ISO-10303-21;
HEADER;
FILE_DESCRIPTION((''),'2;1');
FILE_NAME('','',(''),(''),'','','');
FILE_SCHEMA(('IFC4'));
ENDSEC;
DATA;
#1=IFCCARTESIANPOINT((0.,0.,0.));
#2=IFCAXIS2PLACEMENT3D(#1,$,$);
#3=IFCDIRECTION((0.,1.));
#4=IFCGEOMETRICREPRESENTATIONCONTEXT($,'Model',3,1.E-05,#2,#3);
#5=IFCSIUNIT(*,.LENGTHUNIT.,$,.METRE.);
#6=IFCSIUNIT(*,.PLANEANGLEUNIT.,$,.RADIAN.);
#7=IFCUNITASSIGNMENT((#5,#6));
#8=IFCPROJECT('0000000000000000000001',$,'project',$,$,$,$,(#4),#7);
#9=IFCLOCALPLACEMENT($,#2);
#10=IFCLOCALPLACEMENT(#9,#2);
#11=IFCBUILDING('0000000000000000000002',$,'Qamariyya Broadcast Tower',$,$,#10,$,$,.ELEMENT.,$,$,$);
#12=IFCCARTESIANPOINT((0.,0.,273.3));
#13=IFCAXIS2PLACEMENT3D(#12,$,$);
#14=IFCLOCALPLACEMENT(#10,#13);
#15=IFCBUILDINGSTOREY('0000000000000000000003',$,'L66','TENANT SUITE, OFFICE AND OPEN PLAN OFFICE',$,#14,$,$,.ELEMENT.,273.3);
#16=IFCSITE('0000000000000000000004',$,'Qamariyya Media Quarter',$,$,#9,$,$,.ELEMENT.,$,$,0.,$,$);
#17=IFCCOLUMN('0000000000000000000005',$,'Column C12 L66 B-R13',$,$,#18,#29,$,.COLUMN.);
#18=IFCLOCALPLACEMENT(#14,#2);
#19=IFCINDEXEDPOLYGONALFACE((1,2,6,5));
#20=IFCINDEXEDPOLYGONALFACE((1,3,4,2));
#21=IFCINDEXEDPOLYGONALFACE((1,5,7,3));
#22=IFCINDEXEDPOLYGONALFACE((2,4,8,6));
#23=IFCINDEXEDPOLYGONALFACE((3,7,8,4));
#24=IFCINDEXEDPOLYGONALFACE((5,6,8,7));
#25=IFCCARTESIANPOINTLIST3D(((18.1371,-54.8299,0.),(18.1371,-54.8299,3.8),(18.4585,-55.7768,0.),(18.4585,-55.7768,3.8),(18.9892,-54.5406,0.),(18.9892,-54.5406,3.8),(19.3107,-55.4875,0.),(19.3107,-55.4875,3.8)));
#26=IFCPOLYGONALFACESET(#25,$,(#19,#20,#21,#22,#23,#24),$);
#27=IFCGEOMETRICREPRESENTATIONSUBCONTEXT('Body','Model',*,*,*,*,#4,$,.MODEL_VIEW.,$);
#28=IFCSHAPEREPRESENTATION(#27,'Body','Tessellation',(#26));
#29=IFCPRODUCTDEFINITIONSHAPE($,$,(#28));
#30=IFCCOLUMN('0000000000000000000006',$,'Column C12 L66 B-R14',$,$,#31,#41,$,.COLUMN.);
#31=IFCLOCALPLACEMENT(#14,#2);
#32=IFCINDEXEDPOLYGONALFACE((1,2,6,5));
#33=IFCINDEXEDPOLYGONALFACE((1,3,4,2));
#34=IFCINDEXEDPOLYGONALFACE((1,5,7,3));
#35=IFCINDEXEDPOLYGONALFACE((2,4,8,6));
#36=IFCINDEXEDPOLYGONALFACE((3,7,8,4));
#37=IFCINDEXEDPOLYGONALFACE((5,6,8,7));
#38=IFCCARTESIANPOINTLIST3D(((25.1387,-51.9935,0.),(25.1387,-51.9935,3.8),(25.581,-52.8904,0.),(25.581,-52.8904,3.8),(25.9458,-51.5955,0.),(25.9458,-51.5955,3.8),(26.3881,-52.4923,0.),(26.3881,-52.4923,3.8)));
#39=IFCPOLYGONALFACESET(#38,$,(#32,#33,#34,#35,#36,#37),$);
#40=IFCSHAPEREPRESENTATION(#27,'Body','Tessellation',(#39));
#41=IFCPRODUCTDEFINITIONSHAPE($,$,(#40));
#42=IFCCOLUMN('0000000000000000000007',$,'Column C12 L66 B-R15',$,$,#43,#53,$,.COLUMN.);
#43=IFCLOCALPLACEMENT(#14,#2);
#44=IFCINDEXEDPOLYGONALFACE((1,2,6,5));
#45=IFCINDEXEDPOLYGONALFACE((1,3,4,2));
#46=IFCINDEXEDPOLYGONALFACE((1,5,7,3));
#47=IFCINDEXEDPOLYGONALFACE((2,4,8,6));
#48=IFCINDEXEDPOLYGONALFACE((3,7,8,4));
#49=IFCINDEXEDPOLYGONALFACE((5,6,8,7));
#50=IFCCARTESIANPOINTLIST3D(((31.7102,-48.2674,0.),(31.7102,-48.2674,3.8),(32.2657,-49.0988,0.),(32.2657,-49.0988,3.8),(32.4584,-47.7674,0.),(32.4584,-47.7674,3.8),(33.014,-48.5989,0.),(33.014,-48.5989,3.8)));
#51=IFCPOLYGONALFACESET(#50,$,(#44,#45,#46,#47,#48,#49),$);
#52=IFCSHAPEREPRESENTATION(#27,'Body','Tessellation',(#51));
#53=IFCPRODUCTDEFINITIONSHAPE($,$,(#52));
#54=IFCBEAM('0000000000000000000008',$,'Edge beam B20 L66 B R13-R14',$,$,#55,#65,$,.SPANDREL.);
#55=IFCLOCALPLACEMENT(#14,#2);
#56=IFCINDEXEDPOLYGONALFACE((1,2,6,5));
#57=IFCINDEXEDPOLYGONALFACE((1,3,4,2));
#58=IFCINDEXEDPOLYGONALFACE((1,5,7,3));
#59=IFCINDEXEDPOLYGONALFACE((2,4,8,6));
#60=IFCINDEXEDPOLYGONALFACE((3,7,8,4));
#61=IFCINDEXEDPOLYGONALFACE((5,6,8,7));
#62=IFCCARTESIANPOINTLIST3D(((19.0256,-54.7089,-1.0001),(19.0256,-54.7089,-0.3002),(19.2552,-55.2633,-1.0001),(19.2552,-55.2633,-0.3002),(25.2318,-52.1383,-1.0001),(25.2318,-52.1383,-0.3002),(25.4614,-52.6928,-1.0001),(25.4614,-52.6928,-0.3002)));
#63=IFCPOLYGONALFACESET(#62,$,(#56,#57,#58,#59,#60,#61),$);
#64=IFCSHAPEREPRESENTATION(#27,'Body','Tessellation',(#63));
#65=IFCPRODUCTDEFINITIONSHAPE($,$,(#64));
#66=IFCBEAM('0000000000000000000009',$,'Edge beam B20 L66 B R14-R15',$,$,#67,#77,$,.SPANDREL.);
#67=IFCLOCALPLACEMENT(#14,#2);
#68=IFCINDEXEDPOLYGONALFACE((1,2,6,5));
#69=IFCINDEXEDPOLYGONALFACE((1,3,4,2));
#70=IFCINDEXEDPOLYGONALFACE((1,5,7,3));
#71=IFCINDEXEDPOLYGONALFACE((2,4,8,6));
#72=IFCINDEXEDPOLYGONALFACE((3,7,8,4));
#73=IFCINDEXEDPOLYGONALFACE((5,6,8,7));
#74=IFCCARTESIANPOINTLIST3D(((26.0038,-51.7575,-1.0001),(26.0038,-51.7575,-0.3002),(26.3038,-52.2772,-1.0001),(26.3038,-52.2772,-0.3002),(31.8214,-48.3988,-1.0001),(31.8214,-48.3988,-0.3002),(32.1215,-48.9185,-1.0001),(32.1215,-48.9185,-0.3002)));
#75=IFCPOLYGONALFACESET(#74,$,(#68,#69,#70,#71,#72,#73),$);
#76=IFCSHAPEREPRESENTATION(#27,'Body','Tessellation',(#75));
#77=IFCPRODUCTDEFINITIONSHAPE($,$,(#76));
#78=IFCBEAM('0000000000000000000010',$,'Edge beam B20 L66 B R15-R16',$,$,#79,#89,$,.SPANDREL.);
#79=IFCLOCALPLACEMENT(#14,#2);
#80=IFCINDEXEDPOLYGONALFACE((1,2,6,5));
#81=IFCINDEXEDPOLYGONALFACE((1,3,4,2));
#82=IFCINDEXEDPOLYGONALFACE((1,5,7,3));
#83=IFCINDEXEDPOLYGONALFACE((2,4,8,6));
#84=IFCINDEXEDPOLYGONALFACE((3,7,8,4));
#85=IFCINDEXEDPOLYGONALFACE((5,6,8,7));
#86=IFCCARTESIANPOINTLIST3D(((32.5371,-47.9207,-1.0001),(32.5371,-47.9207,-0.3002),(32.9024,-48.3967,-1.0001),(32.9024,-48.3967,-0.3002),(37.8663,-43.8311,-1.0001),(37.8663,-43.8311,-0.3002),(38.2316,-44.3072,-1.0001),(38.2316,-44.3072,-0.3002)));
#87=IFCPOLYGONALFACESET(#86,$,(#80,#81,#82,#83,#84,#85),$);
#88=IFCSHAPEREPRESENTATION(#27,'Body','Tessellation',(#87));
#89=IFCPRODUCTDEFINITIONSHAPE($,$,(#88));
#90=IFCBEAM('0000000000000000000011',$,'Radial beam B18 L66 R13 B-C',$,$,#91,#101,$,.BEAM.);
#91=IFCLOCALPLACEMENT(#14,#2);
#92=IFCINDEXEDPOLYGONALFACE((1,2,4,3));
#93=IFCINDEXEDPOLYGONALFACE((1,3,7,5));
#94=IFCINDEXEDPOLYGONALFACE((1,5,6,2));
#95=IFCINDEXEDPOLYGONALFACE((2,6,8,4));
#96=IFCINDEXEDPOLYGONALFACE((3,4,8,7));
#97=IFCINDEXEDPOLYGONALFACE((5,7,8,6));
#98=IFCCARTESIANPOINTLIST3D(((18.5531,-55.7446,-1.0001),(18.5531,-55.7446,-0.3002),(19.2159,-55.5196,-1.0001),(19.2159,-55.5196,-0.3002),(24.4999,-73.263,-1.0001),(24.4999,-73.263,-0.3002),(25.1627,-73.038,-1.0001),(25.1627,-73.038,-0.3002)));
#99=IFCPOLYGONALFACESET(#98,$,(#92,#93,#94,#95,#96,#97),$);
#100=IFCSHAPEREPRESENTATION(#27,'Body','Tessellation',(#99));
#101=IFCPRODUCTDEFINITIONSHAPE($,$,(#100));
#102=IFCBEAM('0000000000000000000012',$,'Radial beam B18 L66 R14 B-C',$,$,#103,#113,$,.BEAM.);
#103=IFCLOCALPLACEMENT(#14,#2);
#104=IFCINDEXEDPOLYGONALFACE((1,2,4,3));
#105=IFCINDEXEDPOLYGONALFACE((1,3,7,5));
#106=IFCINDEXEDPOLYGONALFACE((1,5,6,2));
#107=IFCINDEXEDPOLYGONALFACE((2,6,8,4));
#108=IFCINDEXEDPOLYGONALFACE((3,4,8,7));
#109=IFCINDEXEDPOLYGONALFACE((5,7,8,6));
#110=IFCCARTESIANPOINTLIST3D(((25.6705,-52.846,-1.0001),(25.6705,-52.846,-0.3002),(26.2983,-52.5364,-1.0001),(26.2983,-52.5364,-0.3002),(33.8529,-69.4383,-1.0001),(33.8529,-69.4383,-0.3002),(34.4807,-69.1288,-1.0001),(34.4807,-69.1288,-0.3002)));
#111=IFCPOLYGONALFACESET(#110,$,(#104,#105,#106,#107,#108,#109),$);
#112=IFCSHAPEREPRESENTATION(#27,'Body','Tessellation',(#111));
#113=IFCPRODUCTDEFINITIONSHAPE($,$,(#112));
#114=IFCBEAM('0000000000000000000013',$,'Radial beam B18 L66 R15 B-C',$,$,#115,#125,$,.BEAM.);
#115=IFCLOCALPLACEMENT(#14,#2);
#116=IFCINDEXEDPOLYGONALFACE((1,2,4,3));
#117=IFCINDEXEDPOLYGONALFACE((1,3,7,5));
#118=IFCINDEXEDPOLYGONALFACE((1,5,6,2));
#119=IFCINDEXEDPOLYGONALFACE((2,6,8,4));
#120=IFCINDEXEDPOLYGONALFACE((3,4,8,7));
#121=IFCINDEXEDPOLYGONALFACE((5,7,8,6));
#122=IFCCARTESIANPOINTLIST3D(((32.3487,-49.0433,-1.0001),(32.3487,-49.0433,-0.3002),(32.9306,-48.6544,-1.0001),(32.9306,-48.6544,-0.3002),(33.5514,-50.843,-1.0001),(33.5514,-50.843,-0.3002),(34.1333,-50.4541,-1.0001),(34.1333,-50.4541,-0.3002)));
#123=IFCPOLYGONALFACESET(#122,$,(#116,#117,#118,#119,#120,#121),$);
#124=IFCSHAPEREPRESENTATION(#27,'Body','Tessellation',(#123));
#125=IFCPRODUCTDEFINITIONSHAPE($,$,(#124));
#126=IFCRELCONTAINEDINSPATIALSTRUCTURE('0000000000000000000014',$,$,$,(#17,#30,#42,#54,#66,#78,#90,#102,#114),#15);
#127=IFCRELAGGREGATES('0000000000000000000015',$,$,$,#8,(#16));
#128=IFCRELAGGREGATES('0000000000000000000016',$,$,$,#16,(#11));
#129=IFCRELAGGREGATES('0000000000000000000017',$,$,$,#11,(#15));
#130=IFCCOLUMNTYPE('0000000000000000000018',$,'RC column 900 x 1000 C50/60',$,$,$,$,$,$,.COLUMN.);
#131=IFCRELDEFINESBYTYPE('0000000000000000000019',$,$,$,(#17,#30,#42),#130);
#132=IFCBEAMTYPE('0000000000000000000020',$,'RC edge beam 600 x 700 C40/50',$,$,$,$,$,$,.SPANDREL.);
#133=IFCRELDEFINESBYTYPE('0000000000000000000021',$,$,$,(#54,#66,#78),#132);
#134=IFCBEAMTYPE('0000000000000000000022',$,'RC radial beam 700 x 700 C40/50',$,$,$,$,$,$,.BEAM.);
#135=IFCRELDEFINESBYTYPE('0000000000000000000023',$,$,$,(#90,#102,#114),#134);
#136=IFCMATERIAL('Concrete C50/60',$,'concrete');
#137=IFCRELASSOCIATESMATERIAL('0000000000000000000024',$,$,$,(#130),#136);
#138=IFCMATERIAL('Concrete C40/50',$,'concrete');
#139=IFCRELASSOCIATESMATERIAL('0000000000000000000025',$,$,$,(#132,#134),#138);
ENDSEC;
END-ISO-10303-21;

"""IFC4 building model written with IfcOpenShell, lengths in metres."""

from ifc_helpers import new_model, si_unit, direction, frame, origin, origin_2d, place, context, subcontext, project, spatial, rectangle, extrude, material, material_profile, profile_set, type_object, element, save


model = new_model("IFC4")

# Units and contexts
model_context = context("Model", 3, precision=1e-05, world=origin(), true_north=direction((0.0, 1.0)))
body_context = subcontext(model_context, "Body", "Model", "MODEL_VIEW")
ifc_project = project(units=[si_unit("LENGTHUNIT", "METRE"), si_unit("PLANEANGLEUNIT", "RADIAN")], contexts=[model_context])

# Site, building, storey
site_placement = place(None, origin())
site = spatial("IfcSite", under=ifc_project, at=site_placement, Name="Qamariyya Media Quarter", CompositionType="ELEMENT", RefElevation=0.0)
building_placement = place(site_placement, origin())
building = spatial("IfcBuilding", under=site, at=building_placement, Name="Qamariyya Broadcast Tower", CompositionType="ELEMENT")
storey_placement = place(building_placement, frame((0.0, 0.0, 273.3)))
storey = spatial("IfcBuildingStorey", under=building, at=storey_placement, Name="L66", Description="TENANT SUITE, OFFICE AND OPEN PLAN OFFICE", CompositionType="ELEMENT", Elevation=273.3)

# Columns
ifc_material_1 = material(Name="Concrete C50/60", Category="concrete")
ifc_material_profile_1 = material_profile(ifc_material_1, rectangle(XDim=0.8999, YDim=1.0, at=origin_2d()))
ifc_profile_set_1 = profile_set([ifc_material_profile_1], Name="Concrete C50/60")
column_type = type_object("IfcColumnType", Name="RC column 900 x 1000 C50/60", PredefinedType="COLUMN", material=ifc_profile_set_1)
for number, where, z_axis, x_axis, name in (
    (1, (18.7239, -55.1587, 0.0), (0.0, 0.0, 1.0), (0.94693, 0.321439, 0.0), "Column C12 L66 B-R13"),
    (2, (25.7634, -52.2429, 0.0), (0.0, 0.0, 1.0), (0.896873, 0.442289, 0.0), "Column C12 L66 B-R14"),
    (3, (32.3621, -48.4331, 0.0), (0.0, 0.0, 1.0), (0.83147, 0.55557, 0.0), "Column C12 L66 B-R15"),
):
    element("IfcColumn", number, at=place(storey_placement, frame(where, z_axis=z_axis, x_axis=x_axis)), inside=storey, type_object=column_type, Name=name, PredefinedType="COLUMN", context=body_context, shape_type="SweptSolid", body=[
        extrude(rectangle(XDim=0.8999, YDim=1.0, at=origin_2d()), origin(), (0.0, 0.0, 1.0), 3.8),
    ])

# Beams
ifc_material_2 = material(Name="Concrete C40/50", Category="concrete")
ifc_material_profile_2 = material_profile(ifc_material_2, rectangle(XDim=0.6001, YDim=0.7, at=origin_2d()))
ifc_profile_set_2 = profile_set([ifc_material_profile_2], Name="Concrete C40/50")
beam_type_1 = type_object("IfcBeamType", Name="RC edge beam 600 x 700 C40/50", PredefinedType="SPANDREL", material=ifc_profile_set_2)
for number, where, z_axis, x_axis, name in (
    (4, (19.1404, -54.9861, -0.6501), (0.923889, 0.382661, 0.0), (-0.382661, 0.923889, 0.0), "Edge beam B20 L66 B R13-R14"),
    (5, (26.1538, -52.0173, -0.6501), (0.866036, 0.499981, 0.0), (-0.499981, 0.866036, 0.0), "Edge beam B20 L66 B R14-R15"),
    (6, (32.7197, -48.1587, -0.6501), (0.793335, 0.608785, 0.0), (-0.608785, 0.793335, 0.0), "Edge beam B20 L66 B R15-R16"),
):
    element("IfcBeam", number, at=place(storey_placement, frame(where, z_axis=z_axis, x_axis=x_axis)), inside=storey, type_object=beam_type_1, Name=name, PredefinedType="SPANDREL", context=body_context, shape_type="SweptSolid", body=[
        extrude(rectangle(XDim=0.6001, YDim=0.7, at=origin_2d()), origin(), (0.0, 0.0, 1.0), 6.7175),
    ])
ifc_material_profile_3 = material_profile(ifc_material_2, rectangle(XDim=0.7, YDim=0.7, at=origin_2d()))
ifc_profile_set_3 = profile_set([ifc_material_profile_3], Name="Concrete C40/50")
beam_type_2 = type_object("IfcBeamType", Name="RC radial beam 700 x 700 C40/50", PredefinedType="BEAM", material=ifc_profile_set_3)
for number, where, z_axis, x_axis, name in (
    (7, (18.8845, -55.6321, -0.6501), (0.321445, -0.946928, 0.0), (0.946928, 0.321445, 0.0), "Radial beam B18 L66 R13 B-C"),
    (8, (25.9844, -52.6912, -0.6501), (0.442287, -0.896874, 0.0), (0.896874, 0.442287, 0.0), "Radial beam B18 L66 R14 B-C"),
):
    element("IfcBeam", number, at=place(storey_placement, frame(where, z_axis=z_axis, x_axis=x_axis)), inside=storey, type_object=beam_type_2, Name=name, PredefinedType="BEAM", context=body_context, shape_type="SweptSolid", body=[
        extrude(rectangle(XDim=0.7, YDim=0.7, at=origin_2d()), origin(), (0.0, 0.0, 1.0), 18.5002),
    ])
beam_placement = place(storey_placement, frame((32.6396, -48.8489, -0.6501), z_axis=(0.555637, -0.831425, 0.0), x_axis=(0.831425, 0.555637, 0.0)))
element("IfcBeam", 9, at=beam_placement, inside=storey, type_object=beam_type_2, Name="Radial beam B18 L66 R15 B-C", PredefinedType="BEAM", context=body_context, shape_type="SweptSolid", body=[
    extrude(rectangle(XDim=0.7, YDim=0.7, at=origin_2d()), origin(), (0.0, 0.0, 1.0), 2.1646),
])

save(model, "model.ifc")
